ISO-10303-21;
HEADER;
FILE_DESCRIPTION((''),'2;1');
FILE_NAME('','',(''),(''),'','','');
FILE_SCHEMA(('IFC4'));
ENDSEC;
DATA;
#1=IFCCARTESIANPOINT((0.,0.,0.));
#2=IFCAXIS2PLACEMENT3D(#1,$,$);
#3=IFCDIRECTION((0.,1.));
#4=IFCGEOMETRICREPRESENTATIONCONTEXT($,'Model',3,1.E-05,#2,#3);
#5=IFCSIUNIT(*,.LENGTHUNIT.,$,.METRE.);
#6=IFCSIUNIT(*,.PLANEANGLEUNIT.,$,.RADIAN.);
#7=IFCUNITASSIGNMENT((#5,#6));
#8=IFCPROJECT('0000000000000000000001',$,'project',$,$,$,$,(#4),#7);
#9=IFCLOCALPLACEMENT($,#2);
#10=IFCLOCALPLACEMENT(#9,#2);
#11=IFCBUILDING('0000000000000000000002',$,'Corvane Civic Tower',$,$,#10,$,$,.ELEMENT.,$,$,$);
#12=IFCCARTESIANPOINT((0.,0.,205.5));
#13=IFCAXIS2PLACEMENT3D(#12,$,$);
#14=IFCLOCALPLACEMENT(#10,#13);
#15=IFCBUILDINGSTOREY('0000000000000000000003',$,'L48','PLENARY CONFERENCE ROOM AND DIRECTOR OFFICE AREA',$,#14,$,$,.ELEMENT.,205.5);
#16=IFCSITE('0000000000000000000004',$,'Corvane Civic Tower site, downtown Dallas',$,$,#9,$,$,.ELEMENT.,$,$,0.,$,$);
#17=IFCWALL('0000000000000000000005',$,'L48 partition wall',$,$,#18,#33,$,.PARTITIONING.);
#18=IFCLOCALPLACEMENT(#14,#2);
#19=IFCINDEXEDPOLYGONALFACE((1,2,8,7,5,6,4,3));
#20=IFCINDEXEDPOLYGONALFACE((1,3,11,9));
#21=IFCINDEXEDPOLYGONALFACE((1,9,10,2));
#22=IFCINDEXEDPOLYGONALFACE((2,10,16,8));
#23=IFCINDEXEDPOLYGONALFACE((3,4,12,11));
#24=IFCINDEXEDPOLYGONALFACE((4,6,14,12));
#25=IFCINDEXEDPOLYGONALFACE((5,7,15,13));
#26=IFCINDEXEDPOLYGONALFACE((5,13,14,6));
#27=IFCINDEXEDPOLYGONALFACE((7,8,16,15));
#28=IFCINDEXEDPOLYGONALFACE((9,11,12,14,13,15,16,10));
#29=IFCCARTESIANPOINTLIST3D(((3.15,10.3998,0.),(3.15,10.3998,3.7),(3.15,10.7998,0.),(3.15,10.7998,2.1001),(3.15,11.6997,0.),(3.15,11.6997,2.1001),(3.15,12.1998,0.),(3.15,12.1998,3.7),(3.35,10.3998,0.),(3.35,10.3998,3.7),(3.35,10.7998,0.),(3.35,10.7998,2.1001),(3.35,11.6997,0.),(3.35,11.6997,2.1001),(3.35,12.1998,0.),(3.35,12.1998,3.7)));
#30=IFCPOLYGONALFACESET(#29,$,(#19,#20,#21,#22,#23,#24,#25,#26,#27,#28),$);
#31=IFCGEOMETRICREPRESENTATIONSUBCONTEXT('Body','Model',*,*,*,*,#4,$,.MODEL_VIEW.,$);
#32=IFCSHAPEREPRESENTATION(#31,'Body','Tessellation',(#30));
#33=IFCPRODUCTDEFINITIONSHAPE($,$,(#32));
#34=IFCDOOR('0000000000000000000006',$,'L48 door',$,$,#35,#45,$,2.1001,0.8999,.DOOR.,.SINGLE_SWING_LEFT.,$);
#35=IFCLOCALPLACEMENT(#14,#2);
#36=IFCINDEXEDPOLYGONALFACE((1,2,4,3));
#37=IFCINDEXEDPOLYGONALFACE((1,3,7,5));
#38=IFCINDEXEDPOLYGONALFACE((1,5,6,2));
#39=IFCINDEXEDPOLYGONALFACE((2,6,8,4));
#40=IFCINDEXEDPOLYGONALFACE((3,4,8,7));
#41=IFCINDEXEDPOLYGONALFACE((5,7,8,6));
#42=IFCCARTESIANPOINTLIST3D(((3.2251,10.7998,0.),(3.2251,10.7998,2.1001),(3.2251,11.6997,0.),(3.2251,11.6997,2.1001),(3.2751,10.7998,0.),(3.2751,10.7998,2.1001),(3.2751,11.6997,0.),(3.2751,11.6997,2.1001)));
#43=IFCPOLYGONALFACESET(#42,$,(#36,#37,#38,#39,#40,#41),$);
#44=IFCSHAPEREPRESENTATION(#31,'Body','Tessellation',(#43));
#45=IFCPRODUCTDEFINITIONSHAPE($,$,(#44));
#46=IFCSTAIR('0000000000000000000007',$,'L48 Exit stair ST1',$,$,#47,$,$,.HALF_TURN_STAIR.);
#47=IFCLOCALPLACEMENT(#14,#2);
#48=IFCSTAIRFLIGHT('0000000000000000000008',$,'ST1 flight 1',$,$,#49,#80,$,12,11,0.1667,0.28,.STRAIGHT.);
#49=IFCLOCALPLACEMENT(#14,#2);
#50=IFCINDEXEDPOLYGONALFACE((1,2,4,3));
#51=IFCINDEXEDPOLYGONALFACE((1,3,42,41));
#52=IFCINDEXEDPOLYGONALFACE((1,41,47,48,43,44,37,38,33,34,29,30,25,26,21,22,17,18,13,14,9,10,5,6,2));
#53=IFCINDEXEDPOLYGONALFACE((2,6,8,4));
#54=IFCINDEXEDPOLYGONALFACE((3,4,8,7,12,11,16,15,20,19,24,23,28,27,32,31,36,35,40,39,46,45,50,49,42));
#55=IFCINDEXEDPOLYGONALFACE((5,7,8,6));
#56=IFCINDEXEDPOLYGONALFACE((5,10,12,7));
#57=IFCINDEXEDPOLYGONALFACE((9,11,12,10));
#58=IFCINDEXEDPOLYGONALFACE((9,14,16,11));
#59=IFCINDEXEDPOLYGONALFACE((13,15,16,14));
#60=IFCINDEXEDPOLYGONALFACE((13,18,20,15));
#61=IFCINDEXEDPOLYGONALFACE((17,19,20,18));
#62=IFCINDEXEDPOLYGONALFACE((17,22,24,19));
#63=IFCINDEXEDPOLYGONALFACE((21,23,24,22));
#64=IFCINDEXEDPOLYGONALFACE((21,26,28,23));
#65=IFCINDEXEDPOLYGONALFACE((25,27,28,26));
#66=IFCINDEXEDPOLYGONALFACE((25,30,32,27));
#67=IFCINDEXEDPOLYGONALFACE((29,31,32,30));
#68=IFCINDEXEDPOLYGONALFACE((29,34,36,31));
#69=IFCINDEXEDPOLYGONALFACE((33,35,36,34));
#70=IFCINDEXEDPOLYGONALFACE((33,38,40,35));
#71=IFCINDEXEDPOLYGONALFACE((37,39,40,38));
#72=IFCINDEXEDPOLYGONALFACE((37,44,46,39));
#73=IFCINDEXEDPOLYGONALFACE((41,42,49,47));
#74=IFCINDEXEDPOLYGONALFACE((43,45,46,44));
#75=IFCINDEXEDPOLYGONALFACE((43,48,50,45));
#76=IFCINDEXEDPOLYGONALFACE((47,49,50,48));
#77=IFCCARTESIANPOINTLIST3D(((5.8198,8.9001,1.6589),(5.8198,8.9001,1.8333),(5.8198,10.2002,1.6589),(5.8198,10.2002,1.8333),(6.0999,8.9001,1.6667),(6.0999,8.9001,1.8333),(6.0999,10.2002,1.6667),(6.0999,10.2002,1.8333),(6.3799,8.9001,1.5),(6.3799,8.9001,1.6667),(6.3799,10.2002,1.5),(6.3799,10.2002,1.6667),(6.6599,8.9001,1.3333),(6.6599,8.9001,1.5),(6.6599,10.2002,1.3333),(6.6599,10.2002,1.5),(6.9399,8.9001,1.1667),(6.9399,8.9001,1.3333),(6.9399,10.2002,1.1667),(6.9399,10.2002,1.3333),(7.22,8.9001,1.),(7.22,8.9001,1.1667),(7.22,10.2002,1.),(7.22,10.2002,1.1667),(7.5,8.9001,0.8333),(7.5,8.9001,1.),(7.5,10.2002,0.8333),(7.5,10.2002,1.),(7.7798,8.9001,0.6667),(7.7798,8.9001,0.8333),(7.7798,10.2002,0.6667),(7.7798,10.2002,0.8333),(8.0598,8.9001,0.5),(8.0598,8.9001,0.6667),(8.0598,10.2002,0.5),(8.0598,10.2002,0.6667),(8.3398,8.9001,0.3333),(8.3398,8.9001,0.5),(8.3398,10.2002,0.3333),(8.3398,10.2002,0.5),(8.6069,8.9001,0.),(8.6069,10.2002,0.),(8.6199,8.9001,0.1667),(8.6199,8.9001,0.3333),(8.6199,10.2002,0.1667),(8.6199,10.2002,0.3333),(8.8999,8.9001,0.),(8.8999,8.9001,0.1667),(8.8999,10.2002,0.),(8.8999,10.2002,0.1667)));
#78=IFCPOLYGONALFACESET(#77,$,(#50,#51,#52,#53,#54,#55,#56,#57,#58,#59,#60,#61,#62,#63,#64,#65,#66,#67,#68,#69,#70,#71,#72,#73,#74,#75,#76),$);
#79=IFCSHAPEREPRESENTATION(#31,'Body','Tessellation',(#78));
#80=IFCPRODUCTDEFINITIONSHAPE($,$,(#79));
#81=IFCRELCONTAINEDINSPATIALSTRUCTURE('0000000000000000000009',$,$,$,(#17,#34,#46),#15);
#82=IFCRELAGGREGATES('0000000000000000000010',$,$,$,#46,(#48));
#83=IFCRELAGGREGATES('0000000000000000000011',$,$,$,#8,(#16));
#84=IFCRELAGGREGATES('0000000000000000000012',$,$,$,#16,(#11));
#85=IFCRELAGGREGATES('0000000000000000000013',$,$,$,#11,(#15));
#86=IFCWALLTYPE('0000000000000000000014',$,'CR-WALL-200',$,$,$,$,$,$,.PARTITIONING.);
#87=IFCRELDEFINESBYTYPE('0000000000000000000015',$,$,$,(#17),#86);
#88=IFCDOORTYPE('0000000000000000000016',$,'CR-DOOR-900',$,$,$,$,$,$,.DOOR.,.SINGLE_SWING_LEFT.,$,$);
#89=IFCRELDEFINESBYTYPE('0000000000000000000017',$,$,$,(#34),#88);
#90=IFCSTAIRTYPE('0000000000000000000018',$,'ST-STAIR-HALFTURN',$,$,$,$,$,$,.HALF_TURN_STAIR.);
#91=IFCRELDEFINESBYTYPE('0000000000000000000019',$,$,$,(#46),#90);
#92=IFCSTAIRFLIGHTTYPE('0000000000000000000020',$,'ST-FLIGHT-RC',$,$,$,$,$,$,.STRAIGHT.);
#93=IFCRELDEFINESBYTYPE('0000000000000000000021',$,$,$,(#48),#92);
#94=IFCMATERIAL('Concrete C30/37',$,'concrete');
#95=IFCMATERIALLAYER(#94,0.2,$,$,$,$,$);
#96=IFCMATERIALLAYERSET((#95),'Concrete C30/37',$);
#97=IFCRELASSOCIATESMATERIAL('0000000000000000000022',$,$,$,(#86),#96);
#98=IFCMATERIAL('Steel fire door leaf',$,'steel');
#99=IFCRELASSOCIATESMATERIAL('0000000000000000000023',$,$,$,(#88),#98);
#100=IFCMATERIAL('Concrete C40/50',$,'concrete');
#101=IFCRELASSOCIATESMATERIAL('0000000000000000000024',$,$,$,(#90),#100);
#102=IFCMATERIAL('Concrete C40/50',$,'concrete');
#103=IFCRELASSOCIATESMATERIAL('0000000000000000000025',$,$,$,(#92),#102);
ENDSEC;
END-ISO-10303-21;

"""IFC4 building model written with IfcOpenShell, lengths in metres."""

from ifc_helpers import new_model, si_unit, direction, frame, frame_2d, origin, place, context, subcontext, project, spatial, polyline, rectangle, outline, extrude, material, layer, layer_set, type_object, element, fill, aggregate, save


model = new_model("IFC4")

# Units and contexts
model_context = context("Model", 3, precision=1e-05, world=origin(), true_north=direction((0.0, 1.0)))
body_context = subcontext(model_context, "Body", "Model", "MODEL_VIEW")
ifc_project = project(units=[si_unit("LENGTHUNIT", "METRE"), si_unit("PLANEANGLEUNIT", "RADIAN")], contexts=[model_context])

# Site, building, storey
site_placement = place(None, origin())
site = spatial("IfcSite", under=ifc_project, at=site_placement, Name="Corvane Civic Tower site, downtown Dallas", CompositionType="ELEMENT", RefElevation=0.0)
building_placement = place(site_placement, origin())
building = spatial("IfcBuilding", under=site, at=building_placement, Name="Corvane Civic Tower", CompositionType="ELEMENT")
storey_placement = place(building_placement, frame((0.0, 0.0, 205.5)))
storey = spatial("IfcBuildingStorey", under=building, at=storey_placement, Name="L48", Description="PLENARY CONFERENCE ROOM AND DIRECTOR OFFICE AREA", CompositionType="ELEMENT", Elevation=205.5)

# Wall, opening, door
ifc_material_1 = material(Name="Concrete C30/37", Category="concrete")
ifc_layer_1 = layer(ifc_material_1, 0.2)
ifc_layer_set_1 = layer_set([ifc_layer_1], Name="Concrete C30/37")
wall_type = type_object("IfcWallType", Name="CR-WALL-200", PredefinedType="PARTITIONING", material=ifc_layer_set_1)
ifc_material_2 = material(Name="Steel fire door leaf", Category="steel")
door_type = type_object("IfcDoorType", Name="CR-DOOR-900", OperationType="SINGLE_SWING_LEFT", PredefinedType="DOOR", material=ifc_material_2)
wall_1_placement = place(storey_placement, frame((3.25, 10.3999, 0.0), z_axis=(0.0, 0.0, 1.0), x_axis=(0.0, 1.0, 0.0)))
wall_1 = element("IfcWall", 1, at=wall_1_placement, inside=storey, type_object=wall_type, Name="L48 partition wall", PredefinedType="PARTITIONING", context=body_context, shape_type="SweptSolid", body=[
    extrude(rectangle(XDim=1.8, YDim=0.2, at=frame_2d((0.8999, 0.0))), origin(), (0.0, 0.0, 1.0), 3.7),
])
opening_1_placement = place(wall_1_placement, frame((0.3999, 0.0, 0.0)))
opening_1 = element("IfcOpeningElement", 2, at=opening_1_placement, cuts=wall_1, PredefinedType="OPENING", context=body_context, shape_type="SweptSolid", body=[
    extrude(rectangle(XDim=0.8999, YDim=2.1001, at=frame_2d((0.45, 1.05))), frame((0.0, 0.1099, 0.0), z_axis=(0.0, -1.0, 0.0), x_axis=(1.0, 0.0, 0.0)), (0.0, 0.0, 1.0), 0.22),
])
door_1_placement = place(opening_1_placement, origin())
door_1 = element("IfcDoor", 3, at=door_1_placement, inside=storey, type_object=door_type, Name="L48 door", OperationType="SINGLE_SWING_LEFT", OverallHeight=2.1001, OverallWidth=0.8999, PredefinedType="DOOR", context=body_context, shape_type="SweptSolid", body=[
    extrude(rectangle(XDim=0.8999, YDim=2.1001, at=frame_2d((0.45, 1.05))), frame((0.0, 0.0249, 0.0), z_axis=(0.0, -1.0, 0.0), x_axis=(1.0, 0.0, 0.0)), (0.0, 0.0, 1.0), 0.05),
])
fill(opening_1, door_1)

# Stair, stair flight
ifc_material_3 = material(Name="Concrete C40/50", Category="concrete")
stair_type = type_object("IfcStairType", Name="ST-STAIR-HALFTURN", PredefinedType="HALF_TURN_STAIR", material=ifc_material_3)
stair_placement = place(storey_placement, origin())
stair = element("IfcStair", 4, at=stair_placement, inside=storey, type_object=stair_type, Name="L48 Exit stair ST1", PredefinedType="HALF_TURN_STAIR")
ifc_material_4 = material(Name="Concrete C40/50", Category="concrete")
stair_flight_type = type_object("IfcStairFlightType", Name="ST-FLIGHT-RC", PredefinedType="STRAIGHT", material=ifc_material_4)
stair_flight_placement = place(storey_placement, frame((8.8999, 9.55, 0.0), z_axis=(0.0, 0.0, 1.0), x_axis=(-1.0, 0.0, 0.0)))
stair_flight = element("IfcStairFlight", 5, at=stair_flight_placement, type_object=stair_flight_type, Name="ST1 flight 1", NumberOfRisers=12, NumberOfTreads=11, PredefinedType="STRAIGHT", RiserHeight=0.1667, TreadLength=0.28, context=body_context, shape_type="SweptSolid", body=[
    extrude(outline(polyline([(0.0, 0.0), (0.0, 0.1667), (0.28, 0.1667), (0.28, 0.3333), (0.5601, 0.3333), (0.5601, 0.5), (0.8401, 0.5), (0.8401, 0.6667), (1.1201, 0.6667), (1.1201, 0.8333), (1.3999, 0.8333), (1.3999, 1.0), (1.6799, 1.0), (1.6799, 1.1667), (1.96, 1.1667), (1.96, 1.3333), (2.24, 1.3333), (2.24, 1.5), (2.52, 1.5), (2.52, 1.6667), (2.8, 1.6667), (2.8, 1.8333), (3.0801, 1.8333), (3.0801, 2.0), (3.0801, 1.6589), (0.293, 0.0), (0.0, 0.0)])), frame((0.0, 0.6499, 0.0), z_axis=(0.0, -1.0, 0.0), x_axis=(1.0, 0.0, 0.0)), (0.0, 0.0, 1.0), 1.3),
])
aggregate(stair, [stair_flight])

save(model, "model.ifc")
